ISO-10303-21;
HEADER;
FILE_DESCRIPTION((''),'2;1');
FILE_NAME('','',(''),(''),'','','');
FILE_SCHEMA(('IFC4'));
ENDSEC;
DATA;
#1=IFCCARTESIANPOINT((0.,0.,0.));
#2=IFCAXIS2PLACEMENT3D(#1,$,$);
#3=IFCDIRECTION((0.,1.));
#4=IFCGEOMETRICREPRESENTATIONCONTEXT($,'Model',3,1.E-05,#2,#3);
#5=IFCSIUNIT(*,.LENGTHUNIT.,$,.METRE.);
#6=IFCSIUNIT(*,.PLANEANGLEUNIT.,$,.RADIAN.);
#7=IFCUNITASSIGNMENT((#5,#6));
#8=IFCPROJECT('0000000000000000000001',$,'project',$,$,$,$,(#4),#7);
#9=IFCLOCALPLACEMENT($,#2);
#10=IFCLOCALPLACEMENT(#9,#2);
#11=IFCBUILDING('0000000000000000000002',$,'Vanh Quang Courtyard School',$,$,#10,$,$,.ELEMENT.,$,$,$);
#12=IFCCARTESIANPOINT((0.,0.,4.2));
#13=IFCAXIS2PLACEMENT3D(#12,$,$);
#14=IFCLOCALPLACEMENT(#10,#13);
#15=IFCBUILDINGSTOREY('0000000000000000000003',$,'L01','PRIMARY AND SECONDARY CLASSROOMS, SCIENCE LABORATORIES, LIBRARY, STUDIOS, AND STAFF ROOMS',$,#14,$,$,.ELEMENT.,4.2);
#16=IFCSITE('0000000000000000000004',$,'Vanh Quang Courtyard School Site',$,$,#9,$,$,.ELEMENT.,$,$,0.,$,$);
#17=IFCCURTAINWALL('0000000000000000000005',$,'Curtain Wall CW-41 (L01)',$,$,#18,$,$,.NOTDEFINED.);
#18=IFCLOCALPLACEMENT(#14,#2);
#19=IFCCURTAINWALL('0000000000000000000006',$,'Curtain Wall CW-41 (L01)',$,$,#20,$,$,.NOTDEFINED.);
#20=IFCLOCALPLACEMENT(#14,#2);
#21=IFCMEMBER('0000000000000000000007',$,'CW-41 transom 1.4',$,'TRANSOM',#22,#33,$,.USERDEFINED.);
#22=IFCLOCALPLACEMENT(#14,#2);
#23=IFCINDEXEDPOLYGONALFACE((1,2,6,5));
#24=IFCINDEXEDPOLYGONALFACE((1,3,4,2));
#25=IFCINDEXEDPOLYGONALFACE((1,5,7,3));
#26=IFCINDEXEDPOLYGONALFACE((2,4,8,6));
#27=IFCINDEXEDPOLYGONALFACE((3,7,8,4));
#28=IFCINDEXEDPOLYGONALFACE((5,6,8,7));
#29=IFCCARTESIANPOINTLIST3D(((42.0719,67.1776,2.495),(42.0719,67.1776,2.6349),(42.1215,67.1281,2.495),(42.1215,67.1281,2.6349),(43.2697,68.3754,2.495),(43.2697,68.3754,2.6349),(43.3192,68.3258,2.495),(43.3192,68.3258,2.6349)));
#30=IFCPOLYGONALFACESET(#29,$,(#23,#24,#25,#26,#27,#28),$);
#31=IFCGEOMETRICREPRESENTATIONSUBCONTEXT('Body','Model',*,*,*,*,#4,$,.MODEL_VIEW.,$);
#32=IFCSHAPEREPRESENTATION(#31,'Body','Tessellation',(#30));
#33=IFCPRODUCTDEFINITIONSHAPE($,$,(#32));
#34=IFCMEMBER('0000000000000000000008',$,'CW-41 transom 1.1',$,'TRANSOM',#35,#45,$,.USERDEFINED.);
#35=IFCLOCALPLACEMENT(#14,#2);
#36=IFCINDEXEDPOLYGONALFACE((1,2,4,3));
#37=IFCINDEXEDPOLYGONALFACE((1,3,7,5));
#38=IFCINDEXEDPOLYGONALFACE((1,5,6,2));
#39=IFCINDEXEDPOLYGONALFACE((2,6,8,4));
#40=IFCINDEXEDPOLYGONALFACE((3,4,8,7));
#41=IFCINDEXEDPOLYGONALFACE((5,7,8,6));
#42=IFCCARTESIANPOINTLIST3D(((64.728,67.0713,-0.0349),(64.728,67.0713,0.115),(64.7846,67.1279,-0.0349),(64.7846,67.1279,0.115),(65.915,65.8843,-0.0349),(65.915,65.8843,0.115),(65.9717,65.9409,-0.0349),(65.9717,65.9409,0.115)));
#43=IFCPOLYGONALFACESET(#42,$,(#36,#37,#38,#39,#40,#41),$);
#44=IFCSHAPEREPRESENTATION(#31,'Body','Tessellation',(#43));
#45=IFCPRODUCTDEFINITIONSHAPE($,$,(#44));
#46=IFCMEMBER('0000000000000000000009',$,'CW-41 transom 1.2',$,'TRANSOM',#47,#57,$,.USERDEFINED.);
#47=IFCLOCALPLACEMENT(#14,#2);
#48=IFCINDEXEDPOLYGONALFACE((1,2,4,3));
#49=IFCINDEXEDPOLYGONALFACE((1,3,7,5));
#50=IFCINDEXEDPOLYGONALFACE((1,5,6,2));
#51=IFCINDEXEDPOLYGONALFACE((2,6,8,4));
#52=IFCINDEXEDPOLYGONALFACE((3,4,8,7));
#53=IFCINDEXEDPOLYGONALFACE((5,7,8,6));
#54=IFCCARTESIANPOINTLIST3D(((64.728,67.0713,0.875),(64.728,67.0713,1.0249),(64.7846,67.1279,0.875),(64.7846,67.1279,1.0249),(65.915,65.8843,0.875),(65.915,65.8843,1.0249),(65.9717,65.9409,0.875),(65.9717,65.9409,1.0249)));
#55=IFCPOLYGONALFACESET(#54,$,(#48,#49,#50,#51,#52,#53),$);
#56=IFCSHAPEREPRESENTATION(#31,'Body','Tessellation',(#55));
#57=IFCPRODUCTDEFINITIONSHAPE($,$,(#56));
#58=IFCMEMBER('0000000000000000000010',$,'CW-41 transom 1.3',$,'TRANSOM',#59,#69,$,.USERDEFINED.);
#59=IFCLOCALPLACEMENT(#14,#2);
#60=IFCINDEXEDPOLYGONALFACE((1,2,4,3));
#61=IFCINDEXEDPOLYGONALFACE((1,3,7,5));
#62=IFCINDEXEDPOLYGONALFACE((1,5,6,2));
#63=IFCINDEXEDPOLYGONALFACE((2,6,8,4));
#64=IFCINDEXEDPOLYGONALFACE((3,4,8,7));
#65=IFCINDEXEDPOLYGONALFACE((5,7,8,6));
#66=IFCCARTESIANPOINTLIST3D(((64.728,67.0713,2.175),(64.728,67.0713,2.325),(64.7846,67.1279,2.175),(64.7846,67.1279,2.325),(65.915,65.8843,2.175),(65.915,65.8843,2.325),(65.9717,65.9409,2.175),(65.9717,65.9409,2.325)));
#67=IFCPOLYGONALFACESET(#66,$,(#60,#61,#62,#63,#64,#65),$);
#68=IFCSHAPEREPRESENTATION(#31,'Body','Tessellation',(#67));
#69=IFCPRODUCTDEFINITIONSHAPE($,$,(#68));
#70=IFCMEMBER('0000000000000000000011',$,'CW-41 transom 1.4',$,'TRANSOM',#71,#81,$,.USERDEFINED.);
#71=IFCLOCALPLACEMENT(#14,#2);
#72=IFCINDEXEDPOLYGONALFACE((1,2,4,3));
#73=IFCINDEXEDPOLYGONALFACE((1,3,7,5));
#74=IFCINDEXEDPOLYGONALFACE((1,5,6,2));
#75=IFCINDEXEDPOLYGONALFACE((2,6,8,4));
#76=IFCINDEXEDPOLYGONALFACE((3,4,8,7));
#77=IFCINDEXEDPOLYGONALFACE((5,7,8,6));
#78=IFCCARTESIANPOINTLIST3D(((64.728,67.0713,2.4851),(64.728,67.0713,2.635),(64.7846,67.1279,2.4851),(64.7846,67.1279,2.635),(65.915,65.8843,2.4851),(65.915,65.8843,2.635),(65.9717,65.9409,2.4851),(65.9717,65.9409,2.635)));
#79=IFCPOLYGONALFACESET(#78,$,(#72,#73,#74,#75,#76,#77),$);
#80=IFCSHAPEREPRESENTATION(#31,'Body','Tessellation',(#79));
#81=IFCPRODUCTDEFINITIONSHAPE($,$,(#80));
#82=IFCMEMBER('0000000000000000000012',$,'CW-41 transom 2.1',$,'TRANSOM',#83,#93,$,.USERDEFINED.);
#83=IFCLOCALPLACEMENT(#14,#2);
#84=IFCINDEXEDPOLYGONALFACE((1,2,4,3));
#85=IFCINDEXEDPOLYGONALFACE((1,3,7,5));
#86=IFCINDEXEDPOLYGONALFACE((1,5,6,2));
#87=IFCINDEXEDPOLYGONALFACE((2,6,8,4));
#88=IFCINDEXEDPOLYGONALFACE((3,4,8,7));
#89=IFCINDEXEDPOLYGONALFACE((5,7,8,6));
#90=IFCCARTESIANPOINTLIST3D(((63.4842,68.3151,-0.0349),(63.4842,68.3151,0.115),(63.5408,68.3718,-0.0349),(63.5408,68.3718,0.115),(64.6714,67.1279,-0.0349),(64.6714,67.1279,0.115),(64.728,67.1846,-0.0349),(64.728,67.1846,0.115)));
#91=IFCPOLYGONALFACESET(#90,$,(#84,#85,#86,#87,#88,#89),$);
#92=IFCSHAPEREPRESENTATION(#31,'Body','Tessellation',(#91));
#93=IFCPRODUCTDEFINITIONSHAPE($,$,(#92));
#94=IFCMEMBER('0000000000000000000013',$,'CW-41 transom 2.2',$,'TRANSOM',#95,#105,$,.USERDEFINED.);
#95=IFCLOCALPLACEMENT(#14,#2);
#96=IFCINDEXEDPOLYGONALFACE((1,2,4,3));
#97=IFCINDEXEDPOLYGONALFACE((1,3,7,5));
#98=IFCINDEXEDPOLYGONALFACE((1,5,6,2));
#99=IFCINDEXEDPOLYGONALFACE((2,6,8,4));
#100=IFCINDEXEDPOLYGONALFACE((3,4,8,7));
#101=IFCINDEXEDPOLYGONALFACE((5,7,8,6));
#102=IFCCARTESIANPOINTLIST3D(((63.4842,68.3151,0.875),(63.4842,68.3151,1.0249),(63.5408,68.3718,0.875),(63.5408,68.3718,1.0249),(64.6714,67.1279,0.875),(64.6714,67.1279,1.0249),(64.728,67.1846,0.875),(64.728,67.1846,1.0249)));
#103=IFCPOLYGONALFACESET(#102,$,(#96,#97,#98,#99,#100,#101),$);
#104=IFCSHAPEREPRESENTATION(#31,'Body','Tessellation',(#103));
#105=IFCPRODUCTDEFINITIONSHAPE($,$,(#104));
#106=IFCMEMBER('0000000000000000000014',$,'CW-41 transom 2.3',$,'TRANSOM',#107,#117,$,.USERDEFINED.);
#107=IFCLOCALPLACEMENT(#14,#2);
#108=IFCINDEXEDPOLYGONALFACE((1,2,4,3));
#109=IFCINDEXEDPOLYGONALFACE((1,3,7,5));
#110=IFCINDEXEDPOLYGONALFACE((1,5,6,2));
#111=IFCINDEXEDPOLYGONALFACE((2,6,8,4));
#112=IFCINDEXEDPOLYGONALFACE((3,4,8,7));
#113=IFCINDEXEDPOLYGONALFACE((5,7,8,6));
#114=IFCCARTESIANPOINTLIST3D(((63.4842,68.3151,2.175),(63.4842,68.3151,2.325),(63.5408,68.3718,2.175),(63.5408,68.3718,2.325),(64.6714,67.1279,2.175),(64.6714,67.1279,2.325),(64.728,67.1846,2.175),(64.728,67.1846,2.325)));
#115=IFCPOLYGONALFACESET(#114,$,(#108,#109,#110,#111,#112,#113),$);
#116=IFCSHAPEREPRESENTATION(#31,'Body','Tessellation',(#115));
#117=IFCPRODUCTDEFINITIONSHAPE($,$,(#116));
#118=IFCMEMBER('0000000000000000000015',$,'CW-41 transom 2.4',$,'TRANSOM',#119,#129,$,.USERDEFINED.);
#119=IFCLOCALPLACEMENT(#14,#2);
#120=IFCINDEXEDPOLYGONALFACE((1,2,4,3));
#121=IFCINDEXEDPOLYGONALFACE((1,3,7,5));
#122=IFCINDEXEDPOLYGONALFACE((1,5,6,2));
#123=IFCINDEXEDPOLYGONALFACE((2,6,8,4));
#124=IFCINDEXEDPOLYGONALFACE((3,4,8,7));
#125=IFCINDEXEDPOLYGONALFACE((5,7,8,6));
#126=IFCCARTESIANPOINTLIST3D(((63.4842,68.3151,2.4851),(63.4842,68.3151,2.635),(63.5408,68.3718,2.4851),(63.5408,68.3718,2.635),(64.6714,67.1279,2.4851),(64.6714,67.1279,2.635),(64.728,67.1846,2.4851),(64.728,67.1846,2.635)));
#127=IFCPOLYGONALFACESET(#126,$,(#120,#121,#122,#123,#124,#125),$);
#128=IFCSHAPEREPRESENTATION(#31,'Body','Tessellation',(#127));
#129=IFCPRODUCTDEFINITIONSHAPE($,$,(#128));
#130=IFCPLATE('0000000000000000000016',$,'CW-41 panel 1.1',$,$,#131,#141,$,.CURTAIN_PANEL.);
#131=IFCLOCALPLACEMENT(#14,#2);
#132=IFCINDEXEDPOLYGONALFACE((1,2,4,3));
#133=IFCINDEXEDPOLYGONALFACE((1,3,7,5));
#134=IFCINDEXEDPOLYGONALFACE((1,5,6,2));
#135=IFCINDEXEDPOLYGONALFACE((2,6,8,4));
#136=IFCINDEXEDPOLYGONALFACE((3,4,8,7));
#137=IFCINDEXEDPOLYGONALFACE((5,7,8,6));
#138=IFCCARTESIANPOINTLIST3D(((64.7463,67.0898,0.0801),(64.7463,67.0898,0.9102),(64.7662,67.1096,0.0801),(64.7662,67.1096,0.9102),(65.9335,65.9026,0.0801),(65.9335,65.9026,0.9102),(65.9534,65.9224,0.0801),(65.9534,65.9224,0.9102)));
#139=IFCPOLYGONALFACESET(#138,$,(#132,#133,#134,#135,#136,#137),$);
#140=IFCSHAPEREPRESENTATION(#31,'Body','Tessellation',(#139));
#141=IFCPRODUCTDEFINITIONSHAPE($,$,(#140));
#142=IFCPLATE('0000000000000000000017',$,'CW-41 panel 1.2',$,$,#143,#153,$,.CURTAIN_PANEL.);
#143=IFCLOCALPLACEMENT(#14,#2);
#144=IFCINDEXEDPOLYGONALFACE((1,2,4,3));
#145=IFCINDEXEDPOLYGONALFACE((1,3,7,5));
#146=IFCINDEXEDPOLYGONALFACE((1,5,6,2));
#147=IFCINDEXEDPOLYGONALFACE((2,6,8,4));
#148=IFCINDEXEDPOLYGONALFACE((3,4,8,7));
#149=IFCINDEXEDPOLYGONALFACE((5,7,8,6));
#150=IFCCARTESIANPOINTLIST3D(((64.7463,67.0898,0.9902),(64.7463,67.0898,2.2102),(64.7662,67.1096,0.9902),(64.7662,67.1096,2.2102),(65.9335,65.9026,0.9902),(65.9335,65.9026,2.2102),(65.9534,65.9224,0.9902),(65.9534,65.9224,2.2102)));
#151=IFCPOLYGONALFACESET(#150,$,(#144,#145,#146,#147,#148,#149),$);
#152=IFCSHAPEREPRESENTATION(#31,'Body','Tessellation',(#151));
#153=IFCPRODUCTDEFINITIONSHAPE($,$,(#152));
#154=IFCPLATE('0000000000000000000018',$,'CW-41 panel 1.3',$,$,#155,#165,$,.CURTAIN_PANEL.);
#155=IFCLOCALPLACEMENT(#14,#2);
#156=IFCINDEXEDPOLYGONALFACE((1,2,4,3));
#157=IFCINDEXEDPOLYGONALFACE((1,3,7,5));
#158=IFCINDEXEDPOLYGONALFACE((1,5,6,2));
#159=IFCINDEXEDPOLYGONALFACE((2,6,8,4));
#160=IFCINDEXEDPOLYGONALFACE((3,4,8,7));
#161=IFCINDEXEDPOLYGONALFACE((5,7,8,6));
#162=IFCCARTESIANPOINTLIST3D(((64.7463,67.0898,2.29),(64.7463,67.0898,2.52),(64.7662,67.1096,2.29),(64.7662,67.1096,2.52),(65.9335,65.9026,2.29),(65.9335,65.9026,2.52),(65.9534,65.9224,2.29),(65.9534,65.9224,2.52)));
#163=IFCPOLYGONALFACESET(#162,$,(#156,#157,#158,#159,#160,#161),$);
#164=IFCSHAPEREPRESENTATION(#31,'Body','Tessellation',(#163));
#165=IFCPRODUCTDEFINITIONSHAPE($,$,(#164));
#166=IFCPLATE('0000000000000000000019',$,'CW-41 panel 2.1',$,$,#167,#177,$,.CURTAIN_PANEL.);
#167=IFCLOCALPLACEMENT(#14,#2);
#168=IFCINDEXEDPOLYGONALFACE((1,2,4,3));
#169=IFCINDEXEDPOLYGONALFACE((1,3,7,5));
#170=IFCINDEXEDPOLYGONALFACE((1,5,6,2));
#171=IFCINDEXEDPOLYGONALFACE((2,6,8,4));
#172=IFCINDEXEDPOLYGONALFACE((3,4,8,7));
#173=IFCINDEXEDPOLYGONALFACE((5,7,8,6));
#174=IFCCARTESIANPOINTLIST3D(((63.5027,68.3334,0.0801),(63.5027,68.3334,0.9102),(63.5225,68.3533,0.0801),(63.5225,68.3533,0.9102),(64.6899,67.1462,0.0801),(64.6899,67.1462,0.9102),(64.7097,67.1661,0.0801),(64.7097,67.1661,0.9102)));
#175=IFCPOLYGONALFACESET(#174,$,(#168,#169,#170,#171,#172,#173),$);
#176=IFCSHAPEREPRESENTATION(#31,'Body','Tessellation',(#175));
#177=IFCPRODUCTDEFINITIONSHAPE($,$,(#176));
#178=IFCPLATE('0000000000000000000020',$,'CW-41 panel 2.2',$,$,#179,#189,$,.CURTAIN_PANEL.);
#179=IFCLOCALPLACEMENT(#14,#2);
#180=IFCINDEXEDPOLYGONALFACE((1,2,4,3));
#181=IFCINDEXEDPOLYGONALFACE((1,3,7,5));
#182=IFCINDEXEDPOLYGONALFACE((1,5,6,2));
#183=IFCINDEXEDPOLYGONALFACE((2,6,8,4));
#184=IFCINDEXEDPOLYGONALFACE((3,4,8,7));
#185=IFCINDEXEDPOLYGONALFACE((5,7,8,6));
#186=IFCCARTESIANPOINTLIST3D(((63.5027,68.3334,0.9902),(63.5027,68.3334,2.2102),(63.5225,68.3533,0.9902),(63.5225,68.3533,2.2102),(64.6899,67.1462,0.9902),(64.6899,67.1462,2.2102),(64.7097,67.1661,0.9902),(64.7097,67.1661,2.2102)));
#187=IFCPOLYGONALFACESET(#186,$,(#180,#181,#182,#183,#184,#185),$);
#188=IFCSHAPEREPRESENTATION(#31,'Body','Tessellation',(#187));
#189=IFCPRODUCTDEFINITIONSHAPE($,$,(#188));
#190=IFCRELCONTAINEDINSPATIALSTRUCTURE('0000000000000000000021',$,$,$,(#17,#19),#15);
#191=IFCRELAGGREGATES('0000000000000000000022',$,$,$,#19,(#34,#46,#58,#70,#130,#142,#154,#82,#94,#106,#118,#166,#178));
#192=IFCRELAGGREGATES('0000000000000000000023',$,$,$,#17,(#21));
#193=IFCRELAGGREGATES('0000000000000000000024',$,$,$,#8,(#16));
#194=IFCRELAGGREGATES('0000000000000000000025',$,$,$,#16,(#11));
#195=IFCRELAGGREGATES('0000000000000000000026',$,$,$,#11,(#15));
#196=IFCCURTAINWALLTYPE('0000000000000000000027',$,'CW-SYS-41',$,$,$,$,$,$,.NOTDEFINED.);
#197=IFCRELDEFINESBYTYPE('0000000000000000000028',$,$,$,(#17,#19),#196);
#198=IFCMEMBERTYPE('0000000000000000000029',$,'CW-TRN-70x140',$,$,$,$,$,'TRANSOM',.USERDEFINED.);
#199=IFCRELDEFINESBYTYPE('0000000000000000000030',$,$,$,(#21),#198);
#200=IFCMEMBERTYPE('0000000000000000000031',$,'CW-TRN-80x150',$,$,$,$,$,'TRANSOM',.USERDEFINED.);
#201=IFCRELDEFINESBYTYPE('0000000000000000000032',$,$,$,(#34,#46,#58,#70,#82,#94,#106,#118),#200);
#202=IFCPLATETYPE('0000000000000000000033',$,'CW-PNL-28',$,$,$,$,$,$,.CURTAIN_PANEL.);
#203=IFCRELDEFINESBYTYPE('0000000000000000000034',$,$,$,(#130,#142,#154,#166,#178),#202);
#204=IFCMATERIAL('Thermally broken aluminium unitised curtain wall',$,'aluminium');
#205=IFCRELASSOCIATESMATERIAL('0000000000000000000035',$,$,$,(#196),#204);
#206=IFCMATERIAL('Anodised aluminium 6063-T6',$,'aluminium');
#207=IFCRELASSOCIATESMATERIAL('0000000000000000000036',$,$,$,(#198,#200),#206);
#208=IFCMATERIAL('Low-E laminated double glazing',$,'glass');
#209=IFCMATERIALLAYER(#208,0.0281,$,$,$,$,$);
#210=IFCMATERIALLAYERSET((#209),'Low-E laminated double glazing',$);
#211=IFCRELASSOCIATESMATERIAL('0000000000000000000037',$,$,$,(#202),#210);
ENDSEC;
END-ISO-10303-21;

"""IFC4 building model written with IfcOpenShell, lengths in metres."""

from ifc_helpers import new_model, si_unit, direction, frame, origin, origin_2d, place, context, subcontext, project, spatial, rectangle, extrude, material, layer, layer_set, material_profile, profile_set, type_object, element, aggregate, save


model = new_model("IFC4")

# Units and contexts
model_context = context("Model", 3, precision=1e-05, world=origin(), true_north=direction((0.0, 1.0)))
body_context = subcontext(model_context, "Body", "Model", "MODEL_VIEW")
ifc_project = project(units=[si_unit("LENGTHUNIT", "METRE"), si_unit("PLANEANGLEUNIT", "RADIAN")], contexts=[model_context])

# Site, building, storey
site_placement = place(None, origin())
site = spatial("IfcSite", under=ifc_project, at=site_placement, Name="Vanh Quang Courtyard School Site", CompositionType="ELEMENT", RefElevation=0.0)
building_placement = place(site_placement, origin())
building = spatial("IfcBuilding", under=site, at=building_placement, Name="Vanh Quang Courtyard School", CompositionType="ELEMENT")
storey_placement = place(building_placement, frame((0.0, 0.0, 4.2)))
storey = spatial("IfcBuildingStorey", under=building, at=storey_placement, Name="L01", Description="PRIMARY AND SECONDARY CLASSROOMS, SCIENCE LABORATORIES, LIBRARY, STUDIOS, AND STAFF ROOMS", CompositionType="ELEMENT", Elevation=4.2)

# Curtain wall
ifc_material_1 = material(Name="Thermally broken aluminium unitised curtain wall", Category="aluminium")
ifc_material_2 = material(Name="Anodised aluminium 6063-T6", Category="aluminium")
curtain_wall_type_1 = type_object("IfcCurtainWallType", Name="CW-SYS-41", PredefinedType="NOTDEFINED", material=ifc_material_1)
curtain_wall_1_placement = place(storey_placement, origin())
curtain_wall_1 = element("IfcCurtainWall", 1, at=curtain_wall_1_placement, inside=storey, type_object=curtain_wall_type_1, Name="Curtain Wall CW-41 (L01)", PredefinedType="NOTDEFINED")

# Curtain wall
curtain_wall_2_placement = place(storey_placement, origin())
curtain_wall_2 = element("IfcCurtainWall", 2, at=curtain_wall_2_placement, inside=storey, type_object=curtain_wall_type_1, Name="Curtain Wall CW-41 (L01)", PredefinedType="NOTDEFINED")

# Members
ifc_material_profile_1 = material_profile(ifc_material_2, rectangle(XDim=0.0701, YDim=0.1399, at=origin_2d()), Name="ALU-TRN 70x140")
ifc_profile_set_1 = profile_set([ifc_material_profile_1], Name="Anodised aluminium 6063-T6")
member_type_1 = type_object("IfcMemberType", Name="CW-TRN-70x140", ElementType="TRANSOM", PredefinedType="USERDEFINED", material=ifc_profile_set_1)
member_1_placement = place(storey_placement, frame((43.2944, 68.3506, 2.5649), z_axis=(-0.707107, -0.707107, 0.0), x_axis=(0.707107, -0.707107, 0.0)))
member_1 = element("IfcMember", 3, at=member_1_placement, type_object=member_type_1, Name="CW-41 transom 1.4", ObjectType="TRANSOM", PredefinedType="USERDEFINED", context=body_context, shape_type="SweptSolid", body=[
    extrude(rectangle(XDim=0.0701, YDim=0.1399, at=origin_2d()), origin(), (0.0, 0.0, 1.0), 1.6938),
])
ifc_material_profile_2 = material_profile(ifc_material_2, rectangle(XDim=0.0801, YDim=0.1499, at=origin_2d()), Name="ALU-TRN 80x150")
ifc_profile_set_2 = profile_set([ifc_material_profile_2], Name="Anodised aluminium 6063-T6")
member_type_2 = type_object("IfcMemberType", Name="CW-TRN-80x150", ElementType="TRANSOM", PredefinedType="USERDEFINED", material=ifc_profile_set_2)
member_2_placement = place(storey_placement, frame((65.9434, 65.9126, 0.04), z_axis=(-0.707107, 0.707107, 0.0), x_axis=(-0.707107, -0.707107, 0.0)))
member_2 = element("IfcMember", 4, at=member_2_placement, type_object=member_type_2, Name="CW-41 transom 1.1", ObjectType="TRANSOM", PredefinedType="USERDEFINED", context=body_context, shape_type="SweptSolid", body=[
    extrude(rectangle(XDim=0.0801, YDim=0.1499, at=origin_2d()), origin(), (0.0, 0.0, 1.0), 1.6787),
])
member_3_placement = place(storey_placement, frame((65.9434, 65.9126, 0.95), z_axis=(-0.707107, 0.707107, 0.0), x_axis=(-0.707107, -0.707107, 0.0)))
member_3 = element("IfcMember", 5, at=member_3_placement, type_object=member_type_2, Name="CW-41 transom 1.2", ObjectType="TRANSOM", PredefinedType="USERDEFINED", context=body_context, shape_type="SweptSolid", body=[
    extrude(rectangle(XDim=0.0801, YDim=0.1499, at=origin_2d()), origin(), (0.0, 0.0, 1.0), 1.6787),
])
member_4_placement = place(storey_placement, frame((65.9434, 65.9126, 2.25), z_axis=(-0.707107, 0.707107, 0.0), x_axis=(-0.707107, -0.707107, 0.0)))
member_4 = element("IfcMember", 6, at=member_4_placement, type_object=member_type_2, Name="CW-41 transom 1.3", ObjectType="TRANSOM", PredefinedType="USERDEFINED", context=body_context, shape_type="SweptSolid", body=[
    extrude(rectangle(XDim=0.0801, YDim=0.1499, at=origin_2d()), origin(), (0.0, 0.0, 1.0), 1.6787),
])
member_5_placement = place(storey_placement, frame((65.9434, 65.9126, 2.5601), z_axis=(-0.707107, 0.707107, 0.0), x_axis=(-0.707107, -0.707107, 0.0)))
member_5 = element("IfcMember", 7, at=member_5_placement, type_object=member_type_2, Name="CW-41 transom 1.4", ObjectType="TRANSOM", PredefinedType="USERDEFINED", context=body_context, shape_type="SweptSolid", body=[
    extrude(rectangle(XDim=0.0801, YDim=0.1499, at=origin_2d()), origin(), (0.0, 0.0, 1.0), 1.6787),
])
member_6_placement = place(storey_placement, frame((64.6997, 67.1562, 0.04), z_axis=(-0.707107, 0.707107, 0.0), x_axis=(-0.707107, -0.707107, 0.0)))
member_6 = element("IfcMember", 8, at=member_6_placement, type_object=member_type_2, Name="CW-41 transom 2.1", ObjectType="TRANSOM", PredefinedType="USERDEFINED", context=body_context, shape_type="SweptSolid", body=[
    extrude(rectangle(XDim=0.0801, YDim=0.1499, at=origin_2d()), origin(), (0.0, 0.0, 1.0), 1.679),
])
member_7_placement = place(storey_placement, frame((64.6997, 67.1562, 0.95), z_axis=(-0.707107, 0.707107, 0.0), x_axis=(-0.707107, -0.707107, 0.0)))
member_7 = element("IfcMember", 9, at=member_7_placement, type_object=member_type_2, Name="CW-41 transom 2.2", ObjectType="TRANSOM", PredefinedType="USERDEFINED", context=body_context, shape_type="SweptSolid", body=[
    extrude(rectangle(XDim=0.0801, YDim=0.1499, at=origin_2d()), origin(), (0.0, 0.0, 1.0), 1.679),
])
member_8_placement = place(storey_placement, frame((64.6997, 67.1562, 2.25), z_axis=(-0.707107, 0.707107, 0.0), x_axis=(-0.707107, -0.707107, 0.0)))
member_8 = element("IfcMember", 10, at=member_8_placement, type_object=member_type_2, Name="CW-41 transom 2.3", ObjectType="TRANSOM", PredefinedType="USERDEFINED", context=body_context, shape_type="SweptSolid", body=[
    extrude(rectangle(XDim=0.0801, YDim=0.1499, at=origin_2d()), origin(), (0.0, 0.0, 1.0), 1.679),
])
member_9_placement = place(storey_placement, frame((64.6997, 67.1562, 2.5601), z_axis=(-0.707107, 0.707107, 0.0), x_axis=(-0.707107, -0.707107, 0.0)))
member_9 = element("IfcMember", 11, at=member_9_placement, type_object=member_type_2, Name="CW-41 transom 2.4", ObjectType="TRANSOM", PredefinedType="USERDEFINED", context=body_context, shape_type="SweptSolid", body=[
    extrude(rectangle(XDim=0.0801, YDim=0.1499, at=origin_2d()), origin(), (0.0, 0.0, 1.0), 1.679),
])

# Plates
ifc_material_3 = material(Name="Low-E laminated double glazing", Category="glass")
ifc_layer_1 = layer(ifc_material_3, 0.0281)
ifc_layer_set_1 = layer_set([ifc_layer_1], Name="Low-E laminated double glazing")
plate_type = type_object("IfcPlateType", Name="CW-PNL-28", PredefinedType="CURTAIN_PANEL", material=ifc_layer_set_1)
plate_1_placement = place(storey_placement, frame((65.3499, 66.5061, 0.0801), z_axis=(0.0, 0.0, 1.0), x_axis=(-0.707107, 0.707107, 0.0)))
plate_1 = element("IfcPlate", 12, at=plate_1_placement, type_object=plate_type, Name="CW-41 panel 1.1", PredefinedType="CURTAIN_PANEL", context=body_context, shape_type="SweptSolid", body=[
    extrude(rectangle(XDim=1.679, YDim=0.0281, at=origin_2d()), origin(), (0.0, 0.0, 1.0), 0.8301),
])
plate_2_placement = place(storey_placement, frame((65.3499, 66.5061, 0.9902), z_axis=(0.0, 0.0, 1.0), x_axis=(-0.707107, 0.707107, 0.0)))
plate_2 = element("IfcPlate", 13, at=plate_2_placement, type_object=plate_type, Name="CW-41 panel 1.2", PredefinedType="CURTAIN_PANEL", context=body_context, shape_type="SweptSolid", body=[
    extrude(rectangle(XDim=1.679, YDim=0.0281, at=origin_2d()), origin(), (0.0, 0.0, 1.0), 1.22),
])
plate_3_placement = place(storey_placement, frame((65.3499, 66.5061, 2.29), z_axis=(0.0, 0.0, 1.0), x_axis=(-0.707107, 0.707107, 0.0)))
plate_3 = element("IfcPlate", 14, at=plate_3_placement, type_object=plate_type, Name="CW-41 panel 1.3", PredefinedType="CURTAIN_PANEL", context=body_context, shape_type="SweptSolid", body=[
    extrude(rectangle(XDim=1.679, YDim=0.0281, at=origin_2d()), origin(), (0.0, 0.0, 1.0), 0.23),
])
plate_4_placement = place(storey_placement, frame((64.1062, 67.7498, 0.0801), z_axis=(0.0, 0.0, 1.0), x_axis=(-0.707107, 0.707107, 0.0)))
plate_4 = element("IfcPlate", 15, at=plate_4_placement, type_object=plate_type, Name="CW-41 panel 2.1", PredefinedType="CURTAIN_PANEL", context=body_context, shape_type="SweptSolid", body=[
    extrude(rectangle(XDim=1.679, YDim=0.0281, at=origin_2d()), origin(), (0.0, 0.0, 1.0), 0.8301),
])
plate_5_placement = place(storey_placement, frame((64.1062, 67.7498, 0.9902), z_axis=(0.0, 0.0, 1.0), x_axis=(-0.707107, 0.707107, 0.0)))
plate_5 = element("IfcPlate", 16, at=plate_5_placement, type_object=plate_type, Name="CW-41 panel 2.2", PredefinedType="CURTAIN_PANEL", context=body_context, shape_type="SweptSolid", body=[
    extrude(rectangle(XDim=1.679, YDim=0.0281, at=origin_2d()), origin(), (0.0, 0.0, 1.0), 1.22),
])
aggregate(curtain_wall_2, [member_2, member_3, member_4, member_5, plate_1, plate_2, plate_3, member_6, member_7, member_8, member_9, plate_4, plate_5])
aggregate(curtain_wall_1, [member_1])

save(model, "model.ifc")
